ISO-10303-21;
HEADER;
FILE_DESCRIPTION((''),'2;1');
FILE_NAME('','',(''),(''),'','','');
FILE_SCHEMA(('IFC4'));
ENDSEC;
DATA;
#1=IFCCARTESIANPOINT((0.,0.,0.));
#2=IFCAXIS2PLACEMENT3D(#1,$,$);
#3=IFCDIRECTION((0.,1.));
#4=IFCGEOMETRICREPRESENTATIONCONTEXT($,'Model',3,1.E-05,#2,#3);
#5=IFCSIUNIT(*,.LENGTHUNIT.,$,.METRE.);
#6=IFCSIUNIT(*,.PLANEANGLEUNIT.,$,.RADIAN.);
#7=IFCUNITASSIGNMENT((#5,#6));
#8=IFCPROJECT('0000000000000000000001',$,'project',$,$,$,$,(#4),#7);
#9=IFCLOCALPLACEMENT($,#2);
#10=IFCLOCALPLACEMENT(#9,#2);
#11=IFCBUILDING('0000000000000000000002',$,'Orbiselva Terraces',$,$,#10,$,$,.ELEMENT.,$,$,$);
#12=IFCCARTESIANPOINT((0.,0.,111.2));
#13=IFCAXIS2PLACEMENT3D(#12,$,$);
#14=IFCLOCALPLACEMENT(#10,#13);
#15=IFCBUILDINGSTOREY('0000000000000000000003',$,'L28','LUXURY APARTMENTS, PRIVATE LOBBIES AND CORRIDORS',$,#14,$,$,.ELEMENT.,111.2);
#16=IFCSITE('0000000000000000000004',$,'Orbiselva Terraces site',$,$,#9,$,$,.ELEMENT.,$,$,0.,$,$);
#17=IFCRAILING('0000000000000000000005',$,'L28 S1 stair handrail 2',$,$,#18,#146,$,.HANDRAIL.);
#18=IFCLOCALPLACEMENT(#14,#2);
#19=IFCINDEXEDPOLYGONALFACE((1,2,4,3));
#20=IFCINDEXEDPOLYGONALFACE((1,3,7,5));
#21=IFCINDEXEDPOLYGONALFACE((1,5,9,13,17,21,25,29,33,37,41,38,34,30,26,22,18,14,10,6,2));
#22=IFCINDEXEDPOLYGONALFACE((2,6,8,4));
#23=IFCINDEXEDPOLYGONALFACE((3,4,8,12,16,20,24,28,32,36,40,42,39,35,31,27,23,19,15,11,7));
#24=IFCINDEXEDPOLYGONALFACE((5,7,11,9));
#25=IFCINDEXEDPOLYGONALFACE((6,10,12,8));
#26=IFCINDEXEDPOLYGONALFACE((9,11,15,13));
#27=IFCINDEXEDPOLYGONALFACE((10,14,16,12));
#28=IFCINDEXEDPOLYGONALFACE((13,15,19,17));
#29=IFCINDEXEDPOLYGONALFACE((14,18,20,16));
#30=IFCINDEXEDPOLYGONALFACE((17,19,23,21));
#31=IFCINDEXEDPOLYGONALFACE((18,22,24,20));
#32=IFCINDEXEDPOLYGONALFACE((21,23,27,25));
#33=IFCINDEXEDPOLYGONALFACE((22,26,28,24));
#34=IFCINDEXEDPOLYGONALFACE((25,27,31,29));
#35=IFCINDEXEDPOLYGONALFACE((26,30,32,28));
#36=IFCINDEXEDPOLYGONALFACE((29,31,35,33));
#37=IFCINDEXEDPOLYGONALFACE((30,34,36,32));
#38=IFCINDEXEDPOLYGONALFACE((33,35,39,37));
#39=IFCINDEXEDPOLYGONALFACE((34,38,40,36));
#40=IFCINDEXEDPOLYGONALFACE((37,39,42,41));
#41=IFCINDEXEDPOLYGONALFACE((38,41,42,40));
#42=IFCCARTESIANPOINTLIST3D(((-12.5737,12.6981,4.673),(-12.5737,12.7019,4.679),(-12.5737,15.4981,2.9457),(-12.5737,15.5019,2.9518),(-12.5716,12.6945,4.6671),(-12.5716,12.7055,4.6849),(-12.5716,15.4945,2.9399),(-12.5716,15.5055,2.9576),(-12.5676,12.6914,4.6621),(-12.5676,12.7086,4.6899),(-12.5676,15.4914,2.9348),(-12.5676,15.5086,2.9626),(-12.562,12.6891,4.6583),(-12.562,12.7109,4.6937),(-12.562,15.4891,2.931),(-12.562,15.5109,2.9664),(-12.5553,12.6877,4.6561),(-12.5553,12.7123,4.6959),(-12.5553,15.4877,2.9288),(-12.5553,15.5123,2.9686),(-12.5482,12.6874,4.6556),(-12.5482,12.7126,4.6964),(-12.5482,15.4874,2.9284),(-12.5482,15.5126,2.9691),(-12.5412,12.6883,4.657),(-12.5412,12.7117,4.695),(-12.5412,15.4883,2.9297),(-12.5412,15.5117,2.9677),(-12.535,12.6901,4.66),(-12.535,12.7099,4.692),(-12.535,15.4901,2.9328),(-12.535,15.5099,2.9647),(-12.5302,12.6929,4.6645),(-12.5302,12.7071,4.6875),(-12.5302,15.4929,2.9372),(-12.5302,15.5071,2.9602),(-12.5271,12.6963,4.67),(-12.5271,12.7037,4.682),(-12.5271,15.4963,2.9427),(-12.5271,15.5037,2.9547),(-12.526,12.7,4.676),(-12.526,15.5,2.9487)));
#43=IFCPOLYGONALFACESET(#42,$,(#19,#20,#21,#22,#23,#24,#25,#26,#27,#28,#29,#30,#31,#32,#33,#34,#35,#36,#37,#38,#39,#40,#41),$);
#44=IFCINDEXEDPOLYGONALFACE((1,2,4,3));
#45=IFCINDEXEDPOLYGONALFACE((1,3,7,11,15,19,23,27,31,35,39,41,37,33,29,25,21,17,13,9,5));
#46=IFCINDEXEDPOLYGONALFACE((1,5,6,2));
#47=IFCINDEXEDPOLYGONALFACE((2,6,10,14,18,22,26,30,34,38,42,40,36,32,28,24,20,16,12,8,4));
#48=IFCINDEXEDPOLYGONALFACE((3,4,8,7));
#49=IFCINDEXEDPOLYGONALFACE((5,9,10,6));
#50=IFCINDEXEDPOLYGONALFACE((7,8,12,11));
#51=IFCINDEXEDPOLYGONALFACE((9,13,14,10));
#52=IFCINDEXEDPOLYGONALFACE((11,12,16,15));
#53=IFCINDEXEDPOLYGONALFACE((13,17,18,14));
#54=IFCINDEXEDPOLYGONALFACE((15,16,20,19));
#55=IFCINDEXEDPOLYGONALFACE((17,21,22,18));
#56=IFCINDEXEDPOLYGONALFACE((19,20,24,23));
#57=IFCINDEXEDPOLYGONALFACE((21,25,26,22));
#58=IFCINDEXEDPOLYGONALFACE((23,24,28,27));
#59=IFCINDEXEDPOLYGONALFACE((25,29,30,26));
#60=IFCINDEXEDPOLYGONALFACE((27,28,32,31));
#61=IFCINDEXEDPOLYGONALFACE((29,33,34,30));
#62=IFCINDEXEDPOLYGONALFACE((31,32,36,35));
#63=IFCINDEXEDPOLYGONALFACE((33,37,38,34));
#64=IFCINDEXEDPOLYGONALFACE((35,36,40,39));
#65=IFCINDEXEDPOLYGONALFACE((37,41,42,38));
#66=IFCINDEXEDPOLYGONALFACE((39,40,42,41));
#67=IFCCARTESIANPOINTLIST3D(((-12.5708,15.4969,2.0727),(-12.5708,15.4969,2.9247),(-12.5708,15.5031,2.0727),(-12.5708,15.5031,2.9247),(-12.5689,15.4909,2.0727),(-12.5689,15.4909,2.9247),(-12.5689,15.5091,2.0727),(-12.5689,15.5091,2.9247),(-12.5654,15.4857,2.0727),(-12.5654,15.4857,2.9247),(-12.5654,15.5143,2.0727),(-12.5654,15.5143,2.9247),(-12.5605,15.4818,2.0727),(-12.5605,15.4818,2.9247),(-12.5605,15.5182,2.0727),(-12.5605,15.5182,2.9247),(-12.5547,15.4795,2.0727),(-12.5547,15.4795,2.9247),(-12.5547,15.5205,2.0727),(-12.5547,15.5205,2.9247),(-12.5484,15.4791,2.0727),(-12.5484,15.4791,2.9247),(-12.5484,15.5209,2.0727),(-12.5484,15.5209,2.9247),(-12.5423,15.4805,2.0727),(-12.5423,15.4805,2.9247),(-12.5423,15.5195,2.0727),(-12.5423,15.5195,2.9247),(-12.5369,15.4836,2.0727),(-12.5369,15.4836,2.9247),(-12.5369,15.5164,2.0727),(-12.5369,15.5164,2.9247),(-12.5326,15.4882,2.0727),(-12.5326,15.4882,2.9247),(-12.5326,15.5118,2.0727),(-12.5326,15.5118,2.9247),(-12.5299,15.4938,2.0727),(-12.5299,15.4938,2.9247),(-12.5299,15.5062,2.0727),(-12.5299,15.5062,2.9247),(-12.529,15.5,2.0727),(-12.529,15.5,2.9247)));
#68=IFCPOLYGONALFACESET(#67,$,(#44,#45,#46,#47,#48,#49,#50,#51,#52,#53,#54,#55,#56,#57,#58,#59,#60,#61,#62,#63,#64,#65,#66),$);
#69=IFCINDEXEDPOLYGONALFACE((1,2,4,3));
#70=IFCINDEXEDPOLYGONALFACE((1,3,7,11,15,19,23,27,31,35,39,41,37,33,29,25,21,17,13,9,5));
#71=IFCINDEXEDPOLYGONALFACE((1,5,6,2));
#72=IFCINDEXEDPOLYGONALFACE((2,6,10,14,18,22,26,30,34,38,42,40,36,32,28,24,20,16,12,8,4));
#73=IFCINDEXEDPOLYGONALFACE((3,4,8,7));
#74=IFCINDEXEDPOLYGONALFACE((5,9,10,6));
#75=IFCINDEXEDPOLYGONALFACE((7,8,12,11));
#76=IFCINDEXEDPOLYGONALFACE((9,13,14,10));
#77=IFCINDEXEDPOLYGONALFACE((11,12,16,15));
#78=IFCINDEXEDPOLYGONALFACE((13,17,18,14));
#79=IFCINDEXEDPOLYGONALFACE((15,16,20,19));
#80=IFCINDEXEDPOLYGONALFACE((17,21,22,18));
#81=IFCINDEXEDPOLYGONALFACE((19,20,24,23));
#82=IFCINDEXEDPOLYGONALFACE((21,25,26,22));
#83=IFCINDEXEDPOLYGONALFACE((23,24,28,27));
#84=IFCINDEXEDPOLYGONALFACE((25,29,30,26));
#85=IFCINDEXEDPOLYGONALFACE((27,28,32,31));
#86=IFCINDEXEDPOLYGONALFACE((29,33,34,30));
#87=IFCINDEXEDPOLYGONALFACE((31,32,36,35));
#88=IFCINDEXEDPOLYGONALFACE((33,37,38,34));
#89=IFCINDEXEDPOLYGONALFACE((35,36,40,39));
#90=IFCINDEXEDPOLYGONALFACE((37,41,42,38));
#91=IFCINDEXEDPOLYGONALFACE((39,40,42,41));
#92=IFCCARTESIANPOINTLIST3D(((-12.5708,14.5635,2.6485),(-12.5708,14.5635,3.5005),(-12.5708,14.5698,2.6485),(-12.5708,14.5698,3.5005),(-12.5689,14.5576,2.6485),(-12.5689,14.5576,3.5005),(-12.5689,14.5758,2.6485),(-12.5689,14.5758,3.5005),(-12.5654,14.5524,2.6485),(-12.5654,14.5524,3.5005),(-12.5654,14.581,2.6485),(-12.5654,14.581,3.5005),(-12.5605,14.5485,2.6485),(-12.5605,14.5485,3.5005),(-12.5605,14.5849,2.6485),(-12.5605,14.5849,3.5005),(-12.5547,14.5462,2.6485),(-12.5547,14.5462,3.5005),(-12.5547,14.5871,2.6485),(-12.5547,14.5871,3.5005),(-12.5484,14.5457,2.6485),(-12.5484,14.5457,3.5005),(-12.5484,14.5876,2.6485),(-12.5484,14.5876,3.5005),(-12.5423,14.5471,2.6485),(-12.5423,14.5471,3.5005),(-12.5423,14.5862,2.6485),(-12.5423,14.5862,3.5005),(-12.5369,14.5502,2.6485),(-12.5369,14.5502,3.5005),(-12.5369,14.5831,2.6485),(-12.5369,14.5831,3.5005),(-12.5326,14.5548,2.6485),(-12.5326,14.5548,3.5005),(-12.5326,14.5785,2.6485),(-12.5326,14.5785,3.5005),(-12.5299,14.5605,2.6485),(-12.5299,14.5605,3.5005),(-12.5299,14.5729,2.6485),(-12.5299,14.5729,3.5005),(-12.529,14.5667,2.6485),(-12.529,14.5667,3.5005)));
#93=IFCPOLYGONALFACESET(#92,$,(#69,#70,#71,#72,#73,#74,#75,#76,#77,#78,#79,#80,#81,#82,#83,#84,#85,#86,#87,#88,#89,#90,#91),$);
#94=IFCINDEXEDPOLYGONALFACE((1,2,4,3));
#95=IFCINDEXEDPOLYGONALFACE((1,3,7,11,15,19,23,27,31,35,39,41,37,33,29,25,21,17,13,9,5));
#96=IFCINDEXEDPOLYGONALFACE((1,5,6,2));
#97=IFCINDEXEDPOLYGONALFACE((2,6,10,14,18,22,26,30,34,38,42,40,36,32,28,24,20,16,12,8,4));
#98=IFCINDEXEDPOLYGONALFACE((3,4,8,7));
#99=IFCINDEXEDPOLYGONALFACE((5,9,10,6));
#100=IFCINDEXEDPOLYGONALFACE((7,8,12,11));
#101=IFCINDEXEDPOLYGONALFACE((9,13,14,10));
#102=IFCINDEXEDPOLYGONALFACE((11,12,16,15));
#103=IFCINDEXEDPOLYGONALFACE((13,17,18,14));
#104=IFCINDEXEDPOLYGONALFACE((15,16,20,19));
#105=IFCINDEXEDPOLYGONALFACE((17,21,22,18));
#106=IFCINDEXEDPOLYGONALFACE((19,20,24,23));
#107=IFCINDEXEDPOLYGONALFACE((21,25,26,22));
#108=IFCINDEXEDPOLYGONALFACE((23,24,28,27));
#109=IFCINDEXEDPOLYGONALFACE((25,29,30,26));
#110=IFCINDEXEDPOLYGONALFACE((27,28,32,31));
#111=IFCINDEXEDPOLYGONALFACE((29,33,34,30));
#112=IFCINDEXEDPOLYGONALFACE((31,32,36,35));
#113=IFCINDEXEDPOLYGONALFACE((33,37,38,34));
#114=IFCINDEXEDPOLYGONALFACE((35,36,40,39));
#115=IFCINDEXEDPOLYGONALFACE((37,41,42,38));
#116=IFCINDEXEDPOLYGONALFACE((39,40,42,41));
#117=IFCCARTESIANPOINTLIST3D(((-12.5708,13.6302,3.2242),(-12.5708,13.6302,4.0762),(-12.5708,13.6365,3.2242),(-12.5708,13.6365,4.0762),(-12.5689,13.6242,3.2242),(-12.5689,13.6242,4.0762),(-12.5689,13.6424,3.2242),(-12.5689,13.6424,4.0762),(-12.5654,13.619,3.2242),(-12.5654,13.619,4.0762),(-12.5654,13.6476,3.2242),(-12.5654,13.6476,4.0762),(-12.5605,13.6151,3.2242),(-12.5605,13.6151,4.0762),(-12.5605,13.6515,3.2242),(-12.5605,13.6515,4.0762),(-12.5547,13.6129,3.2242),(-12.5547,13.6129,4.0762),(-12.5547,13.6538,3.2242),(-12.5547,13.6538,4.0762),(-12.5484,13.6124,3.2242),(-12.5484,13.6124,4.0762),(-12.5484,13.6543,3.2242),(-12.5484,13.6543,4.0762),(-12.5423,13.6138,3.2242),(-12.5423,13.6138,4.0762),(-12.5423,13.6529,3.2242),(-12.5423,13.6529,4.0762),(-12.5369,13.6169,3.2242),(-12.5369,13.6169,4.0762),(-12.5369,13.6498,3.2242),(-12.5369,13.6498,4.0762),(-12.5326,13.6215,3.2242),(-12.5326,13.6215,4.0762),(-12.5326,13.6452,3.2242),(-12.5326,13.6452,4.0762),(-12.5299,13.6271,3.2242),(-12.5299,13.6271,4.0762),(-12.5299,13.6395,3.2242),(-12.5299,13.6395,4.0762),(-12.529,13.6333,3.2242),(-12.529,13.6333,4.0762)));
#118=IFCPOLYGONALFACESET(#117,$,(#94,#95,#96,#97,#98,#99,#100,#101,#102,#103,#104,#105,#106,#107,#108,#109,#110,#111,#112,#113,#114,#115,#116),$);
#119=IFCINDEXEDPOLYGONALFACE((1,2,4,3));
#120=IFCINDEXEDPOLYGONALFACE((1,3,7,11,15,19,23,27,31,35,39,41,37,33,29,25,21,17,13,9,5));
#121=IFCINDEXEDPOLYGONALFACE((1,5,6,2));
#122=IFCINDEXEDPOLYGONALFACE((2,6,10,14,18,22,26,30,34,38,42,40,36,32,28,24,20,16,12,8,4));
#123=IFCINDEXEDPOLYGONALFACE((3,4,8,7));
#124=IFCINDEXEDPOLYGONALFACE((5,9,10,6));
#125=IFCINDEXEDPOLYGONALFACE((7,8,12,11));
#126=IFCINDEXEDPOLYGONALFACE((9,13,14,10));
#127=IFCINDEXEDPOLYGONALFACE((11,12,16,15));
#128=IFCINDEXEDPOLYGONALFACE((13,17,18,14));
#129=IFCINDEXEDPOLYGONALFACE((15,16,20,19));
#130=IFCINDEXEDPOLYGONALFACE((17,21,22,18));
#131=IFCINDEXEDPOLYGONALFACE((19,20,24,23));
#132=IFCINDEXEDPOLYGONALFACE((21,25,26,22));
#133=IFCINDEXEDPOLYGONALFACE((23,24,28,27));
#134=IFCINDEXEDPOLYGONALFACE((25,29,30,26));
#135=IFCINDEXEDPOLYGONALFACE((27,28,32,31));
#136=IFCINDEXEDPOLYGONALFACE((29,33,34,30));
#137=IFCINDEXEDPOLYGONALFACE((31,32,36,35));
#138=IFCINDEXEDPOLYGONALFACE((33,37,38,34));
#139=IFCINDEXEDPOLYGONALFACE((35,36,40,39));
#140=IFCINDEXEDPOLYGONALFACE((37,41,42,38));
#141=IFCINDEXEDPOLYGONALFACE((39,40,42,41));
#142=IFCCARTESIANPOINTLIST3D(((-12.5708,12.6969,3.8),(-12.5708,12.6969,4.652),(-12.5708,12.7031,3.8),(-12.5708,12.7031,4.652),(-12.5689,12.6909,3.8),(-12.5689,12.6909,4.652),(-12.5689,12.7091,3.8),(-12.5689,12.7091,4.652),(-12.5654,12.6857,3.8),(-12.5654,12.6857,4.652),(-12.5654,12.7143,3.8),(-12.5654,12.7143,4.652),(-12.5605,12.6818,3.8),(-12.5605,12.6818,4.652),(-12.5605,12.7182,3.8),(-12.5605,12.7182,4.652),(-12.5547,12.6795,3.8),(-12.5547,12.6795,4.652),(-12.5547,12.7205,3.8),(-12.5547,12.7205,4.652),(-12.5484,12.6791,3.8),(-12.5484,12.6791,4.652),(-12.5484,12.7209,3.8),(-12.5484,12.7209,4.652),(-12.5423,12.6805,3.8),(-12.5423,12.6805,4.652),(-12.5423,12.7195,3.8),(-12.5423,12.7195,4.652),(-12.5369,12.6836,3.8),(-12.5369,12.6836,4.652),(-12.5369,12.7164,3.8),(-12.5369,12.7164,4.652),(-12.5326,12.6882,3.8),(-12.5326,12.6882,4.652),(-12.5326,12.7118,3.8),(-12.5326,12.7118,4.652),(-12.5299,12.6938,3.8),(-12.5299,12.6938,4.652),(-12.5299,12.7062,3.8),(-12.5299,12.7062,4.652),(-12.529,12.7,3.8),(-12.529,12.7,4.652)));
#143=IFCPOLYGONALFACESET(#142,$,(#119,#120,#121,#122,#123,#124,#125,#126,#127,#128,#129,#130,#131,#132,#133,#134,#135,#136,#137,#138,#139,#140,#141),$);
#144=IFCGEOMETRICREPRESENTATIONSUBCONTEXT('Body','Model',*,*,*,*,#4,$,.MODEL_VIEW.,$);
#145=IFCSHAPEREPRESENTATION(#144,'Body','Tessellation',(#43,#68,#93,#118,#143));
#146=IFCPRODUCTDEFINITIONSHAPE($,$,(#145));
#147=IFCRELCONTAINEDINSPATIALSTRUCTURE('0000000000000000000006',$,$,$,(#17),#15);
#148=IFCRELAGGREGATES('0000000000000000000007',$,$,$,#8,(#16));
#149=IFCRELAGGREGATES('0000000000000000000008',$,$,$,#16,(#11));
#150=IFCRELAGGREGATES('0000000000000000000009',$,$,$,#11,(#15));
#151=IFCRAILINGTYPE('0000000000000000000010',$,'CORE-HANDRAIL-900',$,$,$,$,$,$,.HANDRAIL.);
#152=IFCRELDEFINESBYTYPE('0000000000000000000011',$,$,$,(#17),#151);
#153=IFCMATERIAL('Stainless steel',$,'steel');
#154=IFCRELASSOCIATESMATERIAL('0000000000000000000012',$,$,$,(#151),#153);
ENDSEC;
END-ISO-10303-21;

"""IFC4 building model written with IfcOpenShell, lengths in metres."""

from ifc_helpers import new_model, si_unit, direction, frame, origin, origin_2d, place, context, subcontext, project, spatial, circle, extrude, material, type_object, element, save


model = new_model("IFC4")

# Units and contexts
model_context = context("Model", 3, precision=1e-05, world=origin(), true_north=direction((0.0, 1.0)))
body_context = subcontext(model_context, "Body", "Model", "MODEL_VIEW")
ifc_project = project(units=[si_unit("LENGTHUNIT", "METRE"), si_unit("PLANEANGLEUNIT", "RADIAN")], contexts=[model_context])

# Site, building, storey
site_placement = place(None, origin())
site = spatial("IfcSite", under=ifc_project, at=site_placement, Name="Orbiselva Terraces site", CompositionType="ELEMENT", RefElevation=0.0)
building_placement = place(site_placement, origin())
building = spatial("IfcBuilding", under=site, at=building_placement, Name="Orbiselva Terraces", CompositionType="ELEMENT")
storey_placement = place(building_placement, frame((0.0, 0.0, 111.2)))
storey = spatial("IfcBuildingStorey", under=building, at=storey_placement, Name="L28", Description="LUXURY APARTMENTS, PRIVATE LOBBIES AND CORRIDORS", CompositionType="ELEMENT", Elevation=111.2)

# Railing
ifc_material_1 = material(Name="Stainless steel", Category="steel")
railing_type = type_object("IfcRailingType", Name="CORE-HANDRAIL-900", PredefinedType="HANDRAIL", material=ifc_material_1)
railing_placement = place(storey_placement, frame((-12.55, 15.5, 2.0727)))
element("IfcRailing", 1, at=railing_placement, inside=storey, type_object=railing_type, Name="L28 S1 stair handrail 2", PredefinedType="HANDRAIL", context=body_context, shape_type="SweptSolid", body=[
    extrude(circle(Radius=0.024, at=origin_2d()), frame((0.0, 0.0, 0.876), z_axis=(0.0, -0.851089, 0.525022), x_axis=(1.0, 0.0, 0.0)), (0.0, 0.0, 1.0), 3.2899),
    extrude(circle(Radius=0.021, at=origin_2d()), origin(), (0.0, 0.0, 1.0), 0.852),
    extrude(circle(Radius=0.021, at=origin_2d()), frame((0.0, -0.9333, 0.5758)), (0.0, 0.0, 1.0), 0.852),
    extrude(circle(Radius=0.021, at=origin_2d()), frame((0.0, -1.8667, 1.1515)), (0.0, 0.0, 1.0), 0.852),
    extrude(circle(Radius=0.021, at=origin_2d()), frame((0.0, -2.8, 1.7273)), (0.0, 0.0, 1.0), 0.852),
])

save(model, "model.ifc")
